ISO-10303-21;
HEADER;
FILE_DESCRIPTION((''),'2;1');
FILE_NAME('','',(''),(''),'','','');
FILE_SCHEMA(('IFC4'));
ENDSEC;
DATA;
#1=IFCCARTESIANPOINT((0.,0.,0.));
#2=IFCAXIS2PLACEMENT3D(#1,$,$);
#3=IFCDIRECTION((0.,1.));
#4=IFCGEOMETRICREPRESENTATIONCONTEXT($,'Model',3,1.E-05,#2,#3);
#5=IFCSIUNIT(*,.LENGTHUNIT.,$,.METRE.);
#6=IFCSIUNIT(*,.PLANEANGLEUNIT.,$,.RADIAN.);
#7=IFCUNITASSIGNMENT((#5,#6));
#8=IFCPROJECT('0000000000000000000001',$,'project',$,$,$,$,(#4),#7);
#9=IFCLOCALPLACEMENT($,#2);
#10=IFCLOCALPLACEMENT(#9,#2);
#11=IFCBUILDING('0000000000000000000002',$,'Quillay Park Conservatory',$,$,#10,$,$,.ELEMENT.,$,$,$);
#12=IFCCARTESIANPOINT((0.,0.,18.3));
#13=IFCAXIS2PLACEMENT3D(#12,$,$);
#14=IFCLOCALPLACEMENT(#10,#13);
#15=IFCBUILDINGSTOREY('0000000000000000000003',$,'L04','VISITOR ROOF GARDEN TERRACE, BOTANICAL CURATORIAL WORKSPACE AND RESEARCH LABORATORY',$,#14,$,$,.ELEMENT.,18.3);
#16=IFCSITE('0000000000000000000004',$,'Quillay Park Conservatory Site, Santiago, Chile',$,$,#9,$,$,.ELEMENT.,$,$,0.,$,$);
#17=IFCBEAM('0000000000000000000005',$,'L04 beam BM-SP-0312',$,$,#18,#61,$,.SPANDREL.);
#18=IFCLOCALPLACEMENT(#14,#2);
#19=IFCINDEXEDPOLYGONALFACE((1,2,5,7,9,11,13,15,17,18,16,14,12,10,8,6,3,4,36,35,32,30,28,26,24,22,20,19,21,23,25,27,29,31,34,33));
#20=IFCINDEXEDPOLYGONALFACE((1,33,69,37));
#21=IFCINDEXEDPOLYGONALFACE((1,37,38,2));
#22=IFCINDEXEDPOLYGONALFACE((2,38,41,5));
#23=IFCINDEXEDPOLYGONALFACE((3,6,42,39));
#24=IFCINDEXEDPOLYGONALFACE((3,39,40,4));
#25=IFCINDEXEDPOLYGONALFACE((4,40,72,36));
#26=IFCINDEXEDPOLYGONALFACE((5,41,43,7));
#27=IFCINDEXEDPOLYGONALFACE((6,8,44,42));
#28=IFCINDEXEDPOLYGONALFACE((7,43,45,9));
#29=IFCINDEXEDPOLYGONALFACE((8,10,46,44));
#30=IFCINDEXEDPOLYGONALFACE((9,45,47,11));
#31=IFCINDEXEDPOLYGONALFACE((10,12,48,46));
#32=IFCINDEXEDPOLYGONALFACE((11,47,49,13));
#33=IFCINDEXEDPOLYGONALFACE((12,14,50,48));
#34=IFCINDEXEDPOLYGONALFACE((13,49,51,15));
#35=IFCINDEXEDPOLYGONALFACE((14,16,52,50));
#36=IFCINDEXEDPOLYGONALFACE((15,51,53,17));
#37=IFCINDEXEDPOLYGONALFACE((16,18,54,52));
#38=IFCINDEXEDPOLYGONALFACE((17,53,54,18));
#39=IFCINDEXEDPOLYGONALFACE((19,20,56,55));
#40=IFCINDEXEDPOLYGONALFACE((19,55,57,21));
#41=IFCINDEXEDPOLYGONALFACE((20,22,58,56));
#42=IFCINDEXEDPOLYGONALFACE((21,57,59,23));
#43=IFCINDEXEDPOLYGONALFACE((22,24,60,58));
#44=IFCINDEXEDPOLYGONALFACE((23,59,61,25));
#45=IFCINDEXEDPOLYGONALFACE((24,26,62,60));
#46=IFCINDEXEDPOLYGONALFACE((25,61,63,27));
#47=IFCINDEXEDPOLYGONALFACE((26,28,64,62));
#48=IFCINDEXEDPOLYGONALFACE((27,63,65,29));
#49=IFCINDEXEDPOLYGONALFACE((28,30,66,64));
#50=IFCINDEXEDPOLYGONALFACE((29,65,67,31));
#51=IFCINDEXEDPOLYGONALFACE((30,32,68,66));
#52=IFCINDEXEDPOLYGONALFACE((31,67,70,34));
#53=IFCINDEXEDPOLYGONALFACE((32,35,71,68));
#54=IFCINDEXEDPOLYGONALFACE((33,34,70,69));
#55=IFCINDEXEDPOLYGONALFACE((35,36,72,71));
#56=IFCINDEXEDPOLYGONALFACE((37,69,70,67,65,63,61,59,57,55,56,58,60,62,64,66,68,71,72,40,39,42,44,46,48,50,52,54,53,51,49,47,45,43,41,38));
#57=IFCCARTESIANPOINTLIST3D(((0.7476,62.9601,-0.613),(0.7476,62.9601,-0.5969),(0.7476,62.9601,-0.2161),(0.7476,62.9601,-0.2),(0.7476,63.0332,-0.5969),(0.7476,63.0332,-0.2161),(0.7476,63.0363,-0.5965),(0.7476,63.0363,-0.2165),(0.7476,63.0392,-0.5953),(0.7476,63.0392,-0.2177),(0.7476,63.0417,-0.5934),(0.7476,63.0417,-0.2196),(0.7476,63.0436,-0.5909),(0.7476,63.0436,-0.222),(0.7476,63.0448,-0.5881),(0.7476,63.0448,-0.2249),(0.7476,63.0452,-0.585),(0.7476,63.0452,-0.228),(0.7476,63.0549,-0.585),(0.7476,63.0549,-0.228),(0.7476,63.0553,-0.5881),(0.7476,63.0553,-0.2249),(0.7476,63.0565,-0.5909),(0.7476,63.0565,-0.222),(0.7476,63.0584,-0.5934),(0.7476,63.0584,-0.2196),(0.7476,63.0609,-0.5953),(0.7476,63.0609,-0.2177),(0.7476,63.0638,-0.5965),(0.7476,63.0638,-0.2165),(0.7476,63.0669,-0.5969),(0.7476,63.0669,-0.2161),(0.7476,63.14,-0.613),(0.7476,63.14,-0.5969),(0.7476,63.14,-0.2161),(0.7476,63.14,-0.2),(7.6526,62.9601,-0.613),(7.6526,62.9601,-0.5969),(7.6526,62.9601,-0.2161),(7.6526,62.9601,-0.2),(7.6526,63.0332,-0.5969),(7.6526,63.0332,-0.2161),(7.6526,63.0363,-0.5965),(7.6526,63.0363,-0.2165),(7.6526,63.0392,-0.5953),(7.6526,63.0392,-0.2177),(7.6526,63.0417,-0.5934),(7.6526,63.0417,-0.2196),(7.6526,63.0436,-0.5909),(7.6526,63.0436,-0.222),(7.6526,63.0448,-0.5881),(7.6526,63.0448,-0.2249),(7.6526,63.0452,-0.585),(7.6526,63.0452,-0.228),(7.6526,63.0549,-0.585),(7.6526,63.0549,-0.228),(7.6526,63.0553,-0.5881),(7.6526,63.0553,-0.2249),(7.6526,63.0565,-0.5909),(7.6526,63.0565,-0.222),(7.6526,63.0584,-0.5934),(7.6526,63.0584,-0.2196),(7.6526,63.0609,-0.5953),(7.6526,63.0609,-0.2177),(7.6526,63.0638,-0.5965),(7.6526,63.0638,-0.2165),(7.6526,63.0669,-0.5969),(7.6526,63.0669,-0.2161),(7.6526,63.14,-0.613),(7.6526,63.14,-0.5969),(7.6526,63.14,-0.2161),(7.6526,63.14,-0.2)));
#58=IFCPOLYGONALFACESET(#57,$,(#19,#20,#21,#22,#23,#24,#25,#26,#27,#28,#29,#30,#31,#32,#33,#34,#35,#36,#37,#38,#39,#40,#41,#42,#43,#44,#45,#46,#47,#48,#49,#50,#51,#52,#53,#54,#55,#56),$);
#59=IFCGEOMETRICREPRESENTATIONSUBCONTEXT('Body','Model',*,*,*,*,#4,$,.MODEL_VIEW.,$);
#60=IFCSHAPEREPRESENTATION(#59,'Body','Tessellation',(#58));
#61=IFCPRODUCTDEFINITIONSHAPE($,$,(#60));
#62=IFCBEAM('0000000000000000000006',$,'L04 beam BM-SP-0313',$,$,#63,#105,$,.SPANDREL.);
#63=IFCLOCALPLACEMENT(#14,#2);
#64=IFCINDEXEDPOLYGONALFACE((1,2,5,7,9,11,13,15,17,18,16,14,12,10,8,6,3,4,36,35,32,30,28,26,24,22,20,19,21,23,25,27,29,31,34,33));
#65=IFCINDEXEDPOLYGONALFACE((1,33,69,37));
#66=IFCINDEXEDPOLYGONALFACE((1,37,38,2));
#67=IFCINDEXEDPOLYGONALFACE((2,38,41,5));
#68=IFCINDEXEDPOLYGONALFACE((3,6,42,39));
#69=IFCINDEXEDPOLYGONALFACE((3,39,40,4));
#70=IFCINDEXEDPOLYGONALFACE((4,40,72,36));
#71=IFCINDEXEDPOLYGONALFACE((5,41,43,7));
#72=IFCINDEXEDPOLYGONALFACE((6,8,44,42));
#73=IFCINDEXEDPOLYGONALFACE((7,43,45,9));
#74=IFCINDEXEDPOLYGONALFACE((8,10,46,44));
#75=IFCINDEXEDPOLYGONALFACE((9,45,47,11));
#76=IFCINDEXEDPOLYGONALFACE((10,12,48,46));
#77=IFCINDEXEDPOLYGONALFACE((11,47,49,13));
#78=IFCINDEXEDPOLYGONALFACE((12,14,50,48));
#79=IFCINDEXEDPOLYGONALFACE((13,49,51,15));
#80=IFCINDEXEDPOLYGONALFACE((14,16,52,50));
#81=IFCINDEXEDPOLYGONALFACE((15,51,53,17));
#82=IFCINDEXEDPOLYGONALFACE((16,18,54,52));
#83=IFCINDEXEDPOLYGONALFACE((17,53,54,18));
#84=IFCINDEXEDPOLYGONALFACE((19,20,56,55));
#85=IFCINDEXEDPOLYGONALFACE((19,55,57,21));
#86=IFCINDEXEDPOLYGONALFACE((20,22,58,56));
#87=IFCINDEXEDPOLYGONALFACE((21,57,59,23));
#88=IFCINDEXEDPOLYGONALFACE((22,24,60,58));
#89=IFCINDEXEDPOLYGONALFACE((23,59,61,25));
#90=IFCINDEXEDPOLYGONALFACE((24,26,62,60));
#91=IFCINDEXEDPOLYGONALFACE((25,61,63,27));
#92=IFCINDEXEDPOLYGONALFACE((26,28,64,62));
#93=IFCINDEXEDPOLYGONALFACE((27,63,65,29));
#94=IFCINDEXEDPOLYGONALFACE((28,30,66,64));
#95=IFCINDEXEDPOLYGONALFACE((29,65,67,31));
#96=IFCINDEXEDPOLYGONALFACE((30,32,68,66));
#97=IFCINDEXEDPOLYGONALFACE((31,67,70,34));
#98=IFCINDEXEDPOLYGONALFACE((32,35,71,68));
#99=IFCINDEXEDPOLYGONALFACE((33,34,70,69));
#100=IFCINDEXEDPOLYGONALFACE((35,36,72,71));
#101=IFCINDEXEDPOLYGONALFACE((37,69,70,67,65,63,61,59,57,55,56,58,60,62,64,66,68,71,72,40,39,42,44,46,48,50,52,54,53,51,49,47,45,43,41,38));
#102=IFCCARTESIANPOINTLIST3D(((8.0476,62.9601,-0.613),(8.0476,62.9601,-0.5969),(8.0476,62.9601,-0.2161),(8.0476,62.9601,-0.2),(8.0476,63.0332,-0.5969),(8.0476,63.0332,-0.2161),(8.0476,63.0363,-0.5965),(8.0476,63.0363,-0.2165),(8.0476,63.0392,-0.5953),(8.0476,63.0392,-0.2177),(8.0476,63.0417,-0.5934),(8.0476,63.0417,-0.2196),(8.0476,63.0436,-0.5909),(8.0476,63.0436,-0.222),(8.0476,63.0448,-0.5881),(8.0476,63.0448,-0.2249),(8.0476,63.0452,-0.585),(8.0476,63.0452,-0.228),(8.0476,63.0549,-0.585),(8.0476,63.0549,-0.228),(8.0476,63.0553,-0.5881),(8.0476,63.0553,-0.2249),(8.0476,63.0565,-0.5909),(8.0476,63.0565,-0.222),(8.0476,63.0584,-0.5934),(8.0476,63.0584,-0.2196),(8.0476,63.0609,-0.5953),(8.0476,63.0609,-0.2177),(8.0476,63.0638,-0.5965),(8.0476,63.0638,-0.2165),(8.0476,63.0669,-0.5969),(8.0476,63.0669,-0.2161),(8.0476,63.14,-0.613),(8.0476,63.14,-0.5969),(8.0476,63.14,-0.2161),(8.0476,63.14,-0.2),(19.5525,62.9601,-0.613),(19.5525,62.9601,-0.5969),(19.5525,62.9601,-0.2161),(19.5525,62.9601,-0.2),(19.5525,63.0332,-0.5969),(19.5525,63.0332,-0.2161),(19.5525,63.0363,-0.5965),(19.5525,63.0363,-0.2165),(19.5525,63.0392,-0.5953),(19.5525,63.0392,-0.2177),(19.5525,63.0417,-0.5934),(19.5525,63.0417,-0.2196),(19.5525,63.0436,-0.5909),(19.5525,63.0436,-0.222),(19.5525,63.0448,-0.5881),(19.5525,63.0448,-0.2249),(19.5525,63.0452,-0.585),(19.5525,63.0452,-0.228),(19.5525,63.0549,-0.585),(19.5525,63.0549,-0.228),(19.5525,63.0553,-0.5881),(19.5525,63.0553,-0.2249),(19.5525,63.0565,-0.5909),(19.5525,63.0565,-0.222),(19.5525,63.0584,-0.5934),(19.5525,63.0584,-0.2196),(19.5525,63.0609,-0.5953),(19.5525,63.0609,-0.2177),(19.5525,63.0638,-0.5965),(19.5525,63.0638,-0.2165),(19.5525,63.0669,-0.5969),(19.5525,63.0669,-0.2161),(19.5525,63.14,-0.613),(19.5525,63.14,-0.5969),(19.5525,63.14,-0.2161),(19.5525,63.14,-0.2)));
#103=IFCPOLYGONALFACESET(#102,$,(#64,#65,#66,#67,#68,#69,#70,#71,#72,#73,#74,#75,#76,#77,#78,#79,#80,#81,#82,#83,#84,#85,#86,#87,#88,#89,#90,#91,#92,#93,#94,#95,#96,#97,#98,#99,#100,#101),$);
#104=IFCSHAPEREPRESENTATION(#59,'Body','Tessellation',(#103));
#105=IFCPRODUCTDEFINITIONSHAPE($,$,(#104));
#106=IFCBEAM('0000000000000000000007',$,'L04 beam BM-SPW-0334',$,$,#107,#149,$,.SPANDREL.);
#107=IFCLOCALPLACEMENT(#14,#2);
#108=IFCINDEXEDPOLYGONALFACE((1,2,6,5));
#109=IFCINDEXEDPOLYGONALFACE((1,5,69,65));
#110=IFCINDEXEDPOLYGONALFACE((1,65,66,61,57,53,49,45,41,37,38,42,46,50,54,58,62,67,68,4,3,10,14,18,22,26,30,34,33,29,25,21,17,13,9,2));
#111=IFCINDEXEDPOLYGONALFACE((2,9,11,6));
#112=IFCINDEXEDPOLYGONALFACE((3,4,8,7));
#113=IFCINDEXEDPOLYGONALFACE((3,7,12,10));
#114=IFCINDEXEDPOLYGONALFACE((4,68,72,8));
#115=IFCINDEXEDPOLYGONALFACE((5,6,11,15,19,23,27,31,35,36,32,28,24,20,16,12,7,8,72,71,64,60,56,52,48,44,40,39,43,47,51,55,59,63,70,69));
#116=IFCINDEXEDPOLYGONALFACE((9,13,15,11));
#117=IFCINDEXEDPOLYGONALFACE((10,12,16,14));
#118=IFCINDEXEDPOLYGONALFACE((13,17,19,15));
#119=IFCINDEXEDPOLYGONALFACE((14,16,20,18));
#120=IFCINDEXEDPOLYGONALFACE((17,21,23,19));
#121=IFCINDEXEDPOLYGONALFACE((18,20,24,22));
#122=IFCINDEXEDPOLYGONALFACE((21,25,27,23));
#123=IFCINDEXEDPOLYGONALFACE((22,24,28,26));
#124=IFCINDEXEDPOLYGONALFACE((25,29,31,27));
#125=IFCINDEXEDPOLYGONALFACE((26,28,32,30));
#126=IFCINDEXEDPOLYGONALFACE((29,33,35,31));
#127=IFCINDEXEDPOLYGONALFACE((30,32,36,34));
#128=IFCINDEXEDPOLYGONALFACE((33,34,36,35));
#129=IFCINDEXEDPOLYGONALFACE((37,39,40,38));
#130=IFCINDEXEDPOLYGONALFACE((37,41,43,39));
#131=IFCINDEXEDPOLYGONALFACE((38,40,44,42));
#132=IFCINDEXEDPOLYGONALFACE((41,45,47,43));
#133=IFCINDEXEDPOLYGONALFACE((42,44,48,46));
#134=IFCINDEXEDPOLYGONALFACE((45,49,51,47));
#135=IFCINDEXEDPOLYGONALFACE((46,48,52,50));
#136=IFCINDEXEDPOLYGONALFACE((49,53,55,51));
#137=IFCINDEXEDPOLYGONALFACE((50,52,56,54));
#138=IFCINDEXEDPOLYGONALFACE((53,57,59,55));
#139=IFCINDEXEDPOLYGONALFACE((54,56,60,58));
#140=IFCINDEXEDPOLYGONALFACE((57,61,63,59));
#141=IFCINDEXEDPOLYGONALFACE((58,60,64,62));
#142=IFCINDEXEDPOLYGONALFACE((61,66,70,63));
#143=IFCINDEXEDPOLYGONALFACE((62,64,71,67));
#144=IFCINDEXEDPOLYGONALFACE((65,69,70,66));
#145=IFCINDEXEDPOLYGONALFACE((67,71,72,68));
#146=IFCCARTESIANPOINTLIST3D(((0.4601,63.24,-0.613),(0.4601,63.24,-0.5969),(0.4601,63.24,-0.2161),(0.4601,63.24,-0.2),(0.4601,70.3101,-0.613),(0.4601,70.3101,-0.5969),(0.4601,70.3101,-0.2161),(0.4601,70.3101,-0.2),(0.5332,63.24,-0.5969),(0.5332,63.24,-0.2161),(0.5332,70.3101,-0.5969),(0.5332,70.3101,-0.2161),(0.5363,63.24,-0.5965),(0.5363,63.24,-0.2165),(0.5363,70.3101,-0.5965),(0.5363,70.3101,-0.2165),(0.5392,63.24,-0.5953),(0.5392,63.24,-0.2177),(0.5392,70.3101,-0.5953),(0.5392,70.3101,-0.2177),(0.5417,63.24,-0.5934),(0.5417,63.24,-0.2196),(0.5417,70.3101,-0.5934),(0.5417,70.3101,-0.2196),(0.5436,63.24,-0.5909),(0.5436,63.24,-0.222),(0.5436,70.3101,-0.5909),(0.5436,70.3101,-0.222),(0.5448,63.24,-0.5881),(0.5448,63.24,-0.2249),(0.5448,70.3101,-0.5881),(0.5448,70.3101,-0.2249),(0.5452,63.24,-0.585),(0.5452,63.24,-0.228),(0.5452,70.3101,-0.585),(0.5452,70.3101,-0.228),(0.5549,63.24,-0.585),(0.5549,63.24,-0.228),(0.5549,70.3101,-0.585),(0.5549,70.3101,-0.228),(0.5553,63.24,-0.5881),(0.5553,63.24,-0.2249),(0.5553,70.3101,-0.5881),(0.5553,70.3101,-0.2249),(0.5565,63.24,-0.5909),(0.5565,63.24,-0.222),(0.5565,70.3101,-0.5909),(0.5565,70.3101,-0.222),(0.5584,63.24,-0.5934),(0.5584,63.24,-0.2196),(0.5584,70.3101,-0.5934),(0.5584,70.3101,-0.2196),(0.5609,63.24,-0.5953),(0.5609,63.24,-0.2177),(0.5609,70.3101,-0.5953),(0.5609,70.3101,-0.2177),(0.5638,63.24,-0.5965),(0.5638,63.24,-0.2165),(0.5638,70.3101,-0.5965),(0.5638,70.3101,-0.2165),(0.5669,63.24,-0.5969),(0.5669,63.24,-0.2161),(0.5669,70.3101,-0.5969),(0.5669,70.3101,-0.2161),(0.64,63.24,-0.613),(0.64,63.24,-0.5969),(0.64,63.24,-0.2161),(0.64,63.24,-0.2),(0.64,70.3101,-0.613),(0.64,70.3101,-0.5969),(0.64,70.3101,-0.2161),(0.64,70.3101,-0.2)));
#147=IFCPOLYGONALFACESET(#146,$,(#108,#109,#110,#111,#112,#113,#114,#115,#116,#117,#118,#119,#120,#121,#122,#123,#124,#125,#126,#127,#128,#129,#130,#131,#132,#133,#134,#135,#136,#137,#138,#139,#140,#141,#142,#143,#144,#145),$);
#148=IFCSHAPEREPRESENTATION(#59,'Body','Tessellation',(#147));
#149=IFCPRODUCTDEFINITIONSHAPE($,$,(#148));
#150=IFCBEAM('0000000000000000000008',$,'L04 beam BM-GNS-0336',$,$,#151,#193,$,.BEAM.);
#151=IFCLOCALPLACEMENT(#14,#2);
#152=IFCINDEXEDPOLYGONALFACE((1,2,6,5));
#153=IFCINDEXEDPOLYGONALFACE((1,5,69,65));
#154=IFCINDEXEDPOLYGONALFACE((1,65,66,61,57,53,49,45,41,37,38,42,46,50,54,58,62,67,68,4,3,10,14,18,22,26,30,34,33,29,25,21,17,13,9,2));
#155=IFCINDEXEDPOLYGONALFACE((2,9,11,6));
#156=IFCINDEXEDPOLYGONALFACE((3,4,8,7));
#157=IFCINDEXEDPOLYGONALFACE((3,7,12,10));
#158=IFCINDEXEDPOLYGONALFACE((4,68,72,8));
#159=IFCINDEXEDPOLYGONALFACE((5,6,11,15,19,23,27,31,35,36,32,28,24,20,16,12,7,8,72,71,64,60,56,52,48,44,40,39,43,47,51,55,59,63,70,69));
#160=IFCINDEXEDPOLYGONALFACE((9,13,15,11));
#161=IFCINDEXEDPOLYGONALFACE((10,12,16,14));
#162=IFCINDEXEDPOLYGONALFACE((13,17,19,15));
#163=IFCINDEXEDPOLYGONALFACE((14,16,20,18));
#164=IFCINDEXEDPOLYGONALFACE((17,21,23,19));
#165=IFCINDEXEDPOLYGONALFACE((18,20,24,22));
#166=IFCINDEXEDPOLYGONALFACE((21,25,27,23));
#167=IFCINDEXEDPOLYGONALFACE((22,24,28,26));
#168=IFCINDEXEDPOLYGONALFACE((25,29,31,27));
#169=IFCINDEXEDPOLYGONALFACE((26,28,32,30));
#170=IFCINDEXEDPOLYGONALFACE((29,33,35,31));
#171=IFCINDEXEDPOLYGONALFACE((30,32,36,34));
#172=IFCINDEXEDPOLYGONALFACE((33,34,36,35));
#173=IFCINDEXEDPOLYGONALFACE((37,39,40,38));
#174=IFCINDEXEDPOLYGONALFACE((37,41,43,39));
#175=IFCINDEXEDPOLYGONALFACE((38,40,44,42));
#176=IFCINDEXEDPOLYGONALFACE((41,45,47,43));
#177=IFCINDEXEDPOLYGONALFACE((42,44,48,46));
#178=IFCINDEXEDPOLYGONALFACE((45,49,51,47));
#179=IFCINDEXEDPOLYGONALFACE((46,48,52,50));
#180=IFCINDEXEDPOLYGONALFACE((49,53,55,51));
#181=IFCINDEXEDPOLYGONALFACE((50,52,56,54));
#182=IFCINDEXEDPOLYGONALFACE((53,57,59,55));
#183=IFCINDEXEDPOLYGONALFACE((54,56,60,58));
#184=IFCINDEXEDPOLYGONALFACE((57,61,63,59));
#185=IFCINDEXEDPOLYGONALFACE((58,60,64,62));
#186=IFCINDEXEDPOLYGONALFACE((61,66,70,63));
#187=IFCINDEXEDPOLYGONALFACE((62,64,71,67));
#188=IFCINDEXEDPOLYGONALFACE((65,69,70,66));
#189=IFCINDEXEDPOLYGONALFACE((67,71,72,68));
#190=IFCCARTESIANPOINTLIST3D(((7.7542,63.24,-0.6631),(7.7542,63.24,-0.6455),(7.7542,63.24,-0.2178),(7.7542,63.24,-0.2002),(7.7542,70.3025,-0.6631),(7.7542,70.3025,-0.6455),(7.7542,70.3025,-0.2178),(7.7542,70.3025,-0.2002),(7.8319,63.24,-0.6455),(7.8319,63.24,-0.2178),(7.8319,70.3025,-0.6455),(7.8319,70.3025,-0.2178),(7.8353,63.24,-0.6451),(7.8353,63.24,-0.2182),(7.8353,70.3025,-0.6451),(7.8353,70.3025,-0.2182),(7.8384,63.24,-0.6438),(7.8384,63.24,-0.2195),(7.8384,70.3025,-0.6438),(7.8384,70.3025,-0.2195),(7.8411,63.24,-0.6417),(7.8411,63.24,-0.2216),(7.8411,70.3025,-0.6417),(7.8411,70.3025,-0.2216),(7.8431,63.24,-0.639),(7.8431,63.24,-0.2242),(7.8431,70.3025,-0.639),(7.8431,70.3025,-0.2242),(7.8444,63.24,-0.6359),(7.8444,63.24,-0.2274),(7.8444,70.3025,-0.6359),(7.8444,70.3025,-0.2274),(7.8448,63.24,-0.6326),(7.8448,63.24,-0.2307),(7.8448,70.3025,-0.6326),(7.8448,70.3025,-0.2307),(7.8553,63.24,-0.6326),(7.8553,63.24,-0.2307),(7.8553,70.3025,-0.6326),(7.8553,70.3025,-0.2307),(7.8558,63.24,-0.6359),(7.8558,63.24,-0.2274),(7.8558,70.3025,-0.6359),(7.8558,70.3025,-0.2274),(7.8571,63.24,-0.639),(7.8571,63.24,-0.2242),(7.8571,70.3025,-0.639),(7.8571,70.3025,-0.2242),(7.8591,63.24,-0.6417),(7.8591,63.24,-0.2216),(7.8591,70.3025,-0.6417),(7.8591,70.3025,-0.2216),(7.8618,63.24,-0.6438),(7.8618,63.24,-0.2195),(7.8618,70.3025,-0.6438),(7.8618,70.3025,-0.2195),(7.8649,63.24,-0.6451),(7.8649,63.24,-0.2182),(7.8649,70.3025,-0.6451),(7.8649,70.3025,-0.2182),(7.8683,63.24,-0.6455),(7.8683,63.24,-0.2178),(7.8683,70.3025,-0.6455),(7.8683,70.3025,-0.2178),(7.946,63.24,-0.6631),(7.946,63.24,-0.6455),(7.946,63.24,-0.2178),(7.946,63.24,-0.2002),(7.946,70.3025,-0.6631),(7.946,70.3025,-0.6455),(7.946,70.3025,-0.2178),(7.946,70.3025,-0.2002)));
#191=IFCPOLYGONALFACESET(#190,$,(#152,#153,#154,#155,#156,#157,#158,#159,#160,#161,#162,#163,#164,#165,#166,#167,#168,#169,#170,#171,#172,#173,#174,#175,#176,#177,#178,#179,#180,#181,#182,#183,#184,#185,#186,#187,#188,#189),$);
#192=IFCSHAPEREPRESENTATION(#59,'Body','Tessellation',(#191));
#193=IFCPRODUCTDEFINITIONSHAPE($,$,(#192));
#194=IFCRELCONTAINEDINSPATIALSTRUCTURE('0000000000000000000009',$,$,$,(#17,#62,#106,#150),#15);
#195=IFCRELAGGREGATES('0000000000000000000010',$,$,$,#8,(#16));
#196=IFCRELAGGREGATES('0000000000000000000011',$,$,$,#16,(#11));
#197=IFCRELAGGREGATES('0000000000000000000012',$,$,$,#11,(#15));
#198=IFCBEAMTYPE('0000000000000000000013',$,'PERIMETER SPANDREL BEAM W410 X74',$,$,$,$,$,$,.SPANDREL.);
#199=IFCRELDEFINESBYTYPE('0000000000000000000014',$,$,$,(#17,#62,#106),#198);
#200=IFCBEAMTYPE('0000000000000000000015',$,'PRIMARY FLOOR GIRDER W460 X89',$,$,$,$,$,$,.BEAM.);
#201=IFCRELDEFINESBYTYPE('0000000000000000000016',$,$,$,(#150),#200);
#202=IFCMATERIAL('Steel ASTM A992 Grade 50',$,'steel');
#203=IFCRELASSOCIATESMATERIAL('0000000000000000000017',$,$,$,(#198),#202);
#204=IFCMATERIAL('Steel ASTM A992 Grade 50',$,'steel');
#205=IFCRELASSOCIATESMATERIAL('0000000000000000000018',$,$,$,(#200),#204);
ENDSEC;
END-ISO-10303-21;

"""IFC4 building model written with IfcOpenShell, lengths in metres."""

from ifc_helpers import new_model, si_unit, direction, frame, origin, origin_2d, place, context, subcontext, project, spatial, i_section, extrude, material, material_profile, profile_set, type_object, element, save


model = new_model("IFC4")

# Units and contexts
model_context = context("Model", 3, precision=1e-05, world=origin(), true_north=direction((0.0, 1.0)))
body_context = subcontext(model_context, "Body", "Model", "MODEL_VIEW")
ifc_project = project(units=[si_unit("LENGTHUNIT", "METRE"), si_unit("PLANEANGLEUNIT", "RADIAN")], contexts=[model_context])

# Site, building, storey
site_placement = place(None, origin())
site = spatial("IfcSite", under=ifc_project, at=site_placement, Name="Quillay Park Conservatory Site, Santiago, Chile", CompositionType="ELEMENT", RefElevation=0.0)
building_placement = place(site_placement, origin())
building = spatial("IfcBuilding", under=site, at=building_placement, Name="Quillay Park Conservatory", CompositionType="ELEMENT")
storey_placement = place(building_placement, frame((0.0, 0.0, 18.3)))
storey = spatial("IfcBuildingStorey", under=building, at=storey_placement, Name="L04", Description="VISITOR ROOF GARDEN TERRACE, BOTANICAL CURATORIAL WORKSPACE AND RESEARCH LABORATORY", CompositionType="ELEMENT", Elevation=18.3)

# Beams
ifc_material_1 = material(Name="Steel ASTM A992 Grade 50", Category="steel")
ifc_material_profile_1 = material_profile(ifc_material_1, i_section(OverallWidth=0.1799, OverallDepth=0.4131, WebThickness=0.0098, FlangeThickness=0.0161, FilletRadius=0.012, at=origin_2d()), Name="W410x74")
ifc_profile_set_1 = profile_set([ifc_material_profile_1], Name="Steel ASTM A992 Grade 50")
beam_type_1 = type_object("IfcBeamType", Name="PERIMETER SPANDREL BEAM W410 X74", PredefinedType="SPANDREL", material=ifc_profile_set_1)
beam_1_placement = place(storey_placement, frame((0.7476, 63.05, -0.4065), z_axis=(1.0, 0.0, 0.0), x_axis=(0.0, 1.0, 0.0)))
element("IfcBeam", 1, at=beam_1_placement, inside=storey, type_object=beam_type_1, Name="L04 beam BM-SP-0312", PredefinedType="SPANDREL", context=body_context, shape_type="SweptSolid", body=[
    extrude(i_section(OverallWidth=0.1799, OverallDepth=0.4131, WebThickness=0.0098, FlangeThickness=0.0161, FilletRadius=0.012, at=origin_2d()), origin(), (0.0, 0.0, 1.0), 6.905),
])
beam_2_placement = place(storey_placement, frame((8.0476, 63.05, -0.4065), z_axis=(1.0, 0.0, 0.0), x_axis=(0.0, 1.0, 0.0)))
element("IfcBeam", 2, at=beam_2_placement, inside=storey, type_object=beam_type_1, Name="L04 beam BM-SP-0313", PredefinedType="SPANDREL", context=body_context, shape_type="SweptSolid", body=[
    extrude(i_section(OverallWidth=0.1799, OverallDepth=0.4131, WebThickness=0.0098, FlangeThickness=0.0161, FilletRadius=0.012, at=origin_2d()), origin(), (0.0, 0.0, 1.0), 11.5049),
])
beam_3_placement = place(storey_placement, frame((0.55, 63.24, -0.4065), z_axis=(0.0, 1.0, 0.0), x_axis=(-1.0, 0.0, 0.0)))
element("IfcBeam", 3, at=beam_3_placement, inside=storey, type_object=beam_type_1, Name="L04 beam BM-SPW-0334", PredefinedType="SPANDREL", context=body_context, shape_type="SweptSolid", body=[
    extrude(i_section(OverallWidth=0.1799, OverallDepth=0.4131, WebThickness=0.0098, FlangeThickness=0.0161, FilletRadius=0.012, at=origin_2d()), origin(), (0.0, 0.0, 1.0), 7.0701),
])
ifc_material_2 = material(Name="Steel ASTM A992 Grade 50", Category="steel")
ifc_material_profile_2 = material_profile(ifc_material_2, i_section(OverallWidth=0.1919, OverallDepth=0.4629, WebThickness=0.0105, FlangeThickness=0.0176, FilletRadius=0.0129, at=origin_2d()), Name="W460x89")
ifc_profile_set_2 = profile_set([ifc_material_profile_2], Name="Steel ASTM A992 Grade 50")
beam_type_2 = type_object("IfcBeamType", Name="PRIMARY FLOOR GIRDER W460 X89", PredefinedType="BEAM", material=ifc_profile_set_2)
beam_4_placement = place(storey_placement, frame((7.8501, 63.24, -0.4316), z_axis=(0.0, 1.0, 0.0), x_axis=(-1.0, 0.0, 0.0)))
element("IfcBeam", 4, at=beam_4_placement, inside=storey, type_object=beam_type_2, Name="L04 beam BM-GNS-0336", PredefinedType="BEAM", context=body_context, shape_type="SweptSolid", body=[
    extrude(i_section(OverallWidth=0.1919, OverallDepth=0.4629, WebThickness=0.0105, FlangeThickness=0.0176, FilletRadius=0.0129, at=origin_2d()), origin(), (0.0, 0.0, 1.0), 7.0625),
])

save(model, "model.ifc")
